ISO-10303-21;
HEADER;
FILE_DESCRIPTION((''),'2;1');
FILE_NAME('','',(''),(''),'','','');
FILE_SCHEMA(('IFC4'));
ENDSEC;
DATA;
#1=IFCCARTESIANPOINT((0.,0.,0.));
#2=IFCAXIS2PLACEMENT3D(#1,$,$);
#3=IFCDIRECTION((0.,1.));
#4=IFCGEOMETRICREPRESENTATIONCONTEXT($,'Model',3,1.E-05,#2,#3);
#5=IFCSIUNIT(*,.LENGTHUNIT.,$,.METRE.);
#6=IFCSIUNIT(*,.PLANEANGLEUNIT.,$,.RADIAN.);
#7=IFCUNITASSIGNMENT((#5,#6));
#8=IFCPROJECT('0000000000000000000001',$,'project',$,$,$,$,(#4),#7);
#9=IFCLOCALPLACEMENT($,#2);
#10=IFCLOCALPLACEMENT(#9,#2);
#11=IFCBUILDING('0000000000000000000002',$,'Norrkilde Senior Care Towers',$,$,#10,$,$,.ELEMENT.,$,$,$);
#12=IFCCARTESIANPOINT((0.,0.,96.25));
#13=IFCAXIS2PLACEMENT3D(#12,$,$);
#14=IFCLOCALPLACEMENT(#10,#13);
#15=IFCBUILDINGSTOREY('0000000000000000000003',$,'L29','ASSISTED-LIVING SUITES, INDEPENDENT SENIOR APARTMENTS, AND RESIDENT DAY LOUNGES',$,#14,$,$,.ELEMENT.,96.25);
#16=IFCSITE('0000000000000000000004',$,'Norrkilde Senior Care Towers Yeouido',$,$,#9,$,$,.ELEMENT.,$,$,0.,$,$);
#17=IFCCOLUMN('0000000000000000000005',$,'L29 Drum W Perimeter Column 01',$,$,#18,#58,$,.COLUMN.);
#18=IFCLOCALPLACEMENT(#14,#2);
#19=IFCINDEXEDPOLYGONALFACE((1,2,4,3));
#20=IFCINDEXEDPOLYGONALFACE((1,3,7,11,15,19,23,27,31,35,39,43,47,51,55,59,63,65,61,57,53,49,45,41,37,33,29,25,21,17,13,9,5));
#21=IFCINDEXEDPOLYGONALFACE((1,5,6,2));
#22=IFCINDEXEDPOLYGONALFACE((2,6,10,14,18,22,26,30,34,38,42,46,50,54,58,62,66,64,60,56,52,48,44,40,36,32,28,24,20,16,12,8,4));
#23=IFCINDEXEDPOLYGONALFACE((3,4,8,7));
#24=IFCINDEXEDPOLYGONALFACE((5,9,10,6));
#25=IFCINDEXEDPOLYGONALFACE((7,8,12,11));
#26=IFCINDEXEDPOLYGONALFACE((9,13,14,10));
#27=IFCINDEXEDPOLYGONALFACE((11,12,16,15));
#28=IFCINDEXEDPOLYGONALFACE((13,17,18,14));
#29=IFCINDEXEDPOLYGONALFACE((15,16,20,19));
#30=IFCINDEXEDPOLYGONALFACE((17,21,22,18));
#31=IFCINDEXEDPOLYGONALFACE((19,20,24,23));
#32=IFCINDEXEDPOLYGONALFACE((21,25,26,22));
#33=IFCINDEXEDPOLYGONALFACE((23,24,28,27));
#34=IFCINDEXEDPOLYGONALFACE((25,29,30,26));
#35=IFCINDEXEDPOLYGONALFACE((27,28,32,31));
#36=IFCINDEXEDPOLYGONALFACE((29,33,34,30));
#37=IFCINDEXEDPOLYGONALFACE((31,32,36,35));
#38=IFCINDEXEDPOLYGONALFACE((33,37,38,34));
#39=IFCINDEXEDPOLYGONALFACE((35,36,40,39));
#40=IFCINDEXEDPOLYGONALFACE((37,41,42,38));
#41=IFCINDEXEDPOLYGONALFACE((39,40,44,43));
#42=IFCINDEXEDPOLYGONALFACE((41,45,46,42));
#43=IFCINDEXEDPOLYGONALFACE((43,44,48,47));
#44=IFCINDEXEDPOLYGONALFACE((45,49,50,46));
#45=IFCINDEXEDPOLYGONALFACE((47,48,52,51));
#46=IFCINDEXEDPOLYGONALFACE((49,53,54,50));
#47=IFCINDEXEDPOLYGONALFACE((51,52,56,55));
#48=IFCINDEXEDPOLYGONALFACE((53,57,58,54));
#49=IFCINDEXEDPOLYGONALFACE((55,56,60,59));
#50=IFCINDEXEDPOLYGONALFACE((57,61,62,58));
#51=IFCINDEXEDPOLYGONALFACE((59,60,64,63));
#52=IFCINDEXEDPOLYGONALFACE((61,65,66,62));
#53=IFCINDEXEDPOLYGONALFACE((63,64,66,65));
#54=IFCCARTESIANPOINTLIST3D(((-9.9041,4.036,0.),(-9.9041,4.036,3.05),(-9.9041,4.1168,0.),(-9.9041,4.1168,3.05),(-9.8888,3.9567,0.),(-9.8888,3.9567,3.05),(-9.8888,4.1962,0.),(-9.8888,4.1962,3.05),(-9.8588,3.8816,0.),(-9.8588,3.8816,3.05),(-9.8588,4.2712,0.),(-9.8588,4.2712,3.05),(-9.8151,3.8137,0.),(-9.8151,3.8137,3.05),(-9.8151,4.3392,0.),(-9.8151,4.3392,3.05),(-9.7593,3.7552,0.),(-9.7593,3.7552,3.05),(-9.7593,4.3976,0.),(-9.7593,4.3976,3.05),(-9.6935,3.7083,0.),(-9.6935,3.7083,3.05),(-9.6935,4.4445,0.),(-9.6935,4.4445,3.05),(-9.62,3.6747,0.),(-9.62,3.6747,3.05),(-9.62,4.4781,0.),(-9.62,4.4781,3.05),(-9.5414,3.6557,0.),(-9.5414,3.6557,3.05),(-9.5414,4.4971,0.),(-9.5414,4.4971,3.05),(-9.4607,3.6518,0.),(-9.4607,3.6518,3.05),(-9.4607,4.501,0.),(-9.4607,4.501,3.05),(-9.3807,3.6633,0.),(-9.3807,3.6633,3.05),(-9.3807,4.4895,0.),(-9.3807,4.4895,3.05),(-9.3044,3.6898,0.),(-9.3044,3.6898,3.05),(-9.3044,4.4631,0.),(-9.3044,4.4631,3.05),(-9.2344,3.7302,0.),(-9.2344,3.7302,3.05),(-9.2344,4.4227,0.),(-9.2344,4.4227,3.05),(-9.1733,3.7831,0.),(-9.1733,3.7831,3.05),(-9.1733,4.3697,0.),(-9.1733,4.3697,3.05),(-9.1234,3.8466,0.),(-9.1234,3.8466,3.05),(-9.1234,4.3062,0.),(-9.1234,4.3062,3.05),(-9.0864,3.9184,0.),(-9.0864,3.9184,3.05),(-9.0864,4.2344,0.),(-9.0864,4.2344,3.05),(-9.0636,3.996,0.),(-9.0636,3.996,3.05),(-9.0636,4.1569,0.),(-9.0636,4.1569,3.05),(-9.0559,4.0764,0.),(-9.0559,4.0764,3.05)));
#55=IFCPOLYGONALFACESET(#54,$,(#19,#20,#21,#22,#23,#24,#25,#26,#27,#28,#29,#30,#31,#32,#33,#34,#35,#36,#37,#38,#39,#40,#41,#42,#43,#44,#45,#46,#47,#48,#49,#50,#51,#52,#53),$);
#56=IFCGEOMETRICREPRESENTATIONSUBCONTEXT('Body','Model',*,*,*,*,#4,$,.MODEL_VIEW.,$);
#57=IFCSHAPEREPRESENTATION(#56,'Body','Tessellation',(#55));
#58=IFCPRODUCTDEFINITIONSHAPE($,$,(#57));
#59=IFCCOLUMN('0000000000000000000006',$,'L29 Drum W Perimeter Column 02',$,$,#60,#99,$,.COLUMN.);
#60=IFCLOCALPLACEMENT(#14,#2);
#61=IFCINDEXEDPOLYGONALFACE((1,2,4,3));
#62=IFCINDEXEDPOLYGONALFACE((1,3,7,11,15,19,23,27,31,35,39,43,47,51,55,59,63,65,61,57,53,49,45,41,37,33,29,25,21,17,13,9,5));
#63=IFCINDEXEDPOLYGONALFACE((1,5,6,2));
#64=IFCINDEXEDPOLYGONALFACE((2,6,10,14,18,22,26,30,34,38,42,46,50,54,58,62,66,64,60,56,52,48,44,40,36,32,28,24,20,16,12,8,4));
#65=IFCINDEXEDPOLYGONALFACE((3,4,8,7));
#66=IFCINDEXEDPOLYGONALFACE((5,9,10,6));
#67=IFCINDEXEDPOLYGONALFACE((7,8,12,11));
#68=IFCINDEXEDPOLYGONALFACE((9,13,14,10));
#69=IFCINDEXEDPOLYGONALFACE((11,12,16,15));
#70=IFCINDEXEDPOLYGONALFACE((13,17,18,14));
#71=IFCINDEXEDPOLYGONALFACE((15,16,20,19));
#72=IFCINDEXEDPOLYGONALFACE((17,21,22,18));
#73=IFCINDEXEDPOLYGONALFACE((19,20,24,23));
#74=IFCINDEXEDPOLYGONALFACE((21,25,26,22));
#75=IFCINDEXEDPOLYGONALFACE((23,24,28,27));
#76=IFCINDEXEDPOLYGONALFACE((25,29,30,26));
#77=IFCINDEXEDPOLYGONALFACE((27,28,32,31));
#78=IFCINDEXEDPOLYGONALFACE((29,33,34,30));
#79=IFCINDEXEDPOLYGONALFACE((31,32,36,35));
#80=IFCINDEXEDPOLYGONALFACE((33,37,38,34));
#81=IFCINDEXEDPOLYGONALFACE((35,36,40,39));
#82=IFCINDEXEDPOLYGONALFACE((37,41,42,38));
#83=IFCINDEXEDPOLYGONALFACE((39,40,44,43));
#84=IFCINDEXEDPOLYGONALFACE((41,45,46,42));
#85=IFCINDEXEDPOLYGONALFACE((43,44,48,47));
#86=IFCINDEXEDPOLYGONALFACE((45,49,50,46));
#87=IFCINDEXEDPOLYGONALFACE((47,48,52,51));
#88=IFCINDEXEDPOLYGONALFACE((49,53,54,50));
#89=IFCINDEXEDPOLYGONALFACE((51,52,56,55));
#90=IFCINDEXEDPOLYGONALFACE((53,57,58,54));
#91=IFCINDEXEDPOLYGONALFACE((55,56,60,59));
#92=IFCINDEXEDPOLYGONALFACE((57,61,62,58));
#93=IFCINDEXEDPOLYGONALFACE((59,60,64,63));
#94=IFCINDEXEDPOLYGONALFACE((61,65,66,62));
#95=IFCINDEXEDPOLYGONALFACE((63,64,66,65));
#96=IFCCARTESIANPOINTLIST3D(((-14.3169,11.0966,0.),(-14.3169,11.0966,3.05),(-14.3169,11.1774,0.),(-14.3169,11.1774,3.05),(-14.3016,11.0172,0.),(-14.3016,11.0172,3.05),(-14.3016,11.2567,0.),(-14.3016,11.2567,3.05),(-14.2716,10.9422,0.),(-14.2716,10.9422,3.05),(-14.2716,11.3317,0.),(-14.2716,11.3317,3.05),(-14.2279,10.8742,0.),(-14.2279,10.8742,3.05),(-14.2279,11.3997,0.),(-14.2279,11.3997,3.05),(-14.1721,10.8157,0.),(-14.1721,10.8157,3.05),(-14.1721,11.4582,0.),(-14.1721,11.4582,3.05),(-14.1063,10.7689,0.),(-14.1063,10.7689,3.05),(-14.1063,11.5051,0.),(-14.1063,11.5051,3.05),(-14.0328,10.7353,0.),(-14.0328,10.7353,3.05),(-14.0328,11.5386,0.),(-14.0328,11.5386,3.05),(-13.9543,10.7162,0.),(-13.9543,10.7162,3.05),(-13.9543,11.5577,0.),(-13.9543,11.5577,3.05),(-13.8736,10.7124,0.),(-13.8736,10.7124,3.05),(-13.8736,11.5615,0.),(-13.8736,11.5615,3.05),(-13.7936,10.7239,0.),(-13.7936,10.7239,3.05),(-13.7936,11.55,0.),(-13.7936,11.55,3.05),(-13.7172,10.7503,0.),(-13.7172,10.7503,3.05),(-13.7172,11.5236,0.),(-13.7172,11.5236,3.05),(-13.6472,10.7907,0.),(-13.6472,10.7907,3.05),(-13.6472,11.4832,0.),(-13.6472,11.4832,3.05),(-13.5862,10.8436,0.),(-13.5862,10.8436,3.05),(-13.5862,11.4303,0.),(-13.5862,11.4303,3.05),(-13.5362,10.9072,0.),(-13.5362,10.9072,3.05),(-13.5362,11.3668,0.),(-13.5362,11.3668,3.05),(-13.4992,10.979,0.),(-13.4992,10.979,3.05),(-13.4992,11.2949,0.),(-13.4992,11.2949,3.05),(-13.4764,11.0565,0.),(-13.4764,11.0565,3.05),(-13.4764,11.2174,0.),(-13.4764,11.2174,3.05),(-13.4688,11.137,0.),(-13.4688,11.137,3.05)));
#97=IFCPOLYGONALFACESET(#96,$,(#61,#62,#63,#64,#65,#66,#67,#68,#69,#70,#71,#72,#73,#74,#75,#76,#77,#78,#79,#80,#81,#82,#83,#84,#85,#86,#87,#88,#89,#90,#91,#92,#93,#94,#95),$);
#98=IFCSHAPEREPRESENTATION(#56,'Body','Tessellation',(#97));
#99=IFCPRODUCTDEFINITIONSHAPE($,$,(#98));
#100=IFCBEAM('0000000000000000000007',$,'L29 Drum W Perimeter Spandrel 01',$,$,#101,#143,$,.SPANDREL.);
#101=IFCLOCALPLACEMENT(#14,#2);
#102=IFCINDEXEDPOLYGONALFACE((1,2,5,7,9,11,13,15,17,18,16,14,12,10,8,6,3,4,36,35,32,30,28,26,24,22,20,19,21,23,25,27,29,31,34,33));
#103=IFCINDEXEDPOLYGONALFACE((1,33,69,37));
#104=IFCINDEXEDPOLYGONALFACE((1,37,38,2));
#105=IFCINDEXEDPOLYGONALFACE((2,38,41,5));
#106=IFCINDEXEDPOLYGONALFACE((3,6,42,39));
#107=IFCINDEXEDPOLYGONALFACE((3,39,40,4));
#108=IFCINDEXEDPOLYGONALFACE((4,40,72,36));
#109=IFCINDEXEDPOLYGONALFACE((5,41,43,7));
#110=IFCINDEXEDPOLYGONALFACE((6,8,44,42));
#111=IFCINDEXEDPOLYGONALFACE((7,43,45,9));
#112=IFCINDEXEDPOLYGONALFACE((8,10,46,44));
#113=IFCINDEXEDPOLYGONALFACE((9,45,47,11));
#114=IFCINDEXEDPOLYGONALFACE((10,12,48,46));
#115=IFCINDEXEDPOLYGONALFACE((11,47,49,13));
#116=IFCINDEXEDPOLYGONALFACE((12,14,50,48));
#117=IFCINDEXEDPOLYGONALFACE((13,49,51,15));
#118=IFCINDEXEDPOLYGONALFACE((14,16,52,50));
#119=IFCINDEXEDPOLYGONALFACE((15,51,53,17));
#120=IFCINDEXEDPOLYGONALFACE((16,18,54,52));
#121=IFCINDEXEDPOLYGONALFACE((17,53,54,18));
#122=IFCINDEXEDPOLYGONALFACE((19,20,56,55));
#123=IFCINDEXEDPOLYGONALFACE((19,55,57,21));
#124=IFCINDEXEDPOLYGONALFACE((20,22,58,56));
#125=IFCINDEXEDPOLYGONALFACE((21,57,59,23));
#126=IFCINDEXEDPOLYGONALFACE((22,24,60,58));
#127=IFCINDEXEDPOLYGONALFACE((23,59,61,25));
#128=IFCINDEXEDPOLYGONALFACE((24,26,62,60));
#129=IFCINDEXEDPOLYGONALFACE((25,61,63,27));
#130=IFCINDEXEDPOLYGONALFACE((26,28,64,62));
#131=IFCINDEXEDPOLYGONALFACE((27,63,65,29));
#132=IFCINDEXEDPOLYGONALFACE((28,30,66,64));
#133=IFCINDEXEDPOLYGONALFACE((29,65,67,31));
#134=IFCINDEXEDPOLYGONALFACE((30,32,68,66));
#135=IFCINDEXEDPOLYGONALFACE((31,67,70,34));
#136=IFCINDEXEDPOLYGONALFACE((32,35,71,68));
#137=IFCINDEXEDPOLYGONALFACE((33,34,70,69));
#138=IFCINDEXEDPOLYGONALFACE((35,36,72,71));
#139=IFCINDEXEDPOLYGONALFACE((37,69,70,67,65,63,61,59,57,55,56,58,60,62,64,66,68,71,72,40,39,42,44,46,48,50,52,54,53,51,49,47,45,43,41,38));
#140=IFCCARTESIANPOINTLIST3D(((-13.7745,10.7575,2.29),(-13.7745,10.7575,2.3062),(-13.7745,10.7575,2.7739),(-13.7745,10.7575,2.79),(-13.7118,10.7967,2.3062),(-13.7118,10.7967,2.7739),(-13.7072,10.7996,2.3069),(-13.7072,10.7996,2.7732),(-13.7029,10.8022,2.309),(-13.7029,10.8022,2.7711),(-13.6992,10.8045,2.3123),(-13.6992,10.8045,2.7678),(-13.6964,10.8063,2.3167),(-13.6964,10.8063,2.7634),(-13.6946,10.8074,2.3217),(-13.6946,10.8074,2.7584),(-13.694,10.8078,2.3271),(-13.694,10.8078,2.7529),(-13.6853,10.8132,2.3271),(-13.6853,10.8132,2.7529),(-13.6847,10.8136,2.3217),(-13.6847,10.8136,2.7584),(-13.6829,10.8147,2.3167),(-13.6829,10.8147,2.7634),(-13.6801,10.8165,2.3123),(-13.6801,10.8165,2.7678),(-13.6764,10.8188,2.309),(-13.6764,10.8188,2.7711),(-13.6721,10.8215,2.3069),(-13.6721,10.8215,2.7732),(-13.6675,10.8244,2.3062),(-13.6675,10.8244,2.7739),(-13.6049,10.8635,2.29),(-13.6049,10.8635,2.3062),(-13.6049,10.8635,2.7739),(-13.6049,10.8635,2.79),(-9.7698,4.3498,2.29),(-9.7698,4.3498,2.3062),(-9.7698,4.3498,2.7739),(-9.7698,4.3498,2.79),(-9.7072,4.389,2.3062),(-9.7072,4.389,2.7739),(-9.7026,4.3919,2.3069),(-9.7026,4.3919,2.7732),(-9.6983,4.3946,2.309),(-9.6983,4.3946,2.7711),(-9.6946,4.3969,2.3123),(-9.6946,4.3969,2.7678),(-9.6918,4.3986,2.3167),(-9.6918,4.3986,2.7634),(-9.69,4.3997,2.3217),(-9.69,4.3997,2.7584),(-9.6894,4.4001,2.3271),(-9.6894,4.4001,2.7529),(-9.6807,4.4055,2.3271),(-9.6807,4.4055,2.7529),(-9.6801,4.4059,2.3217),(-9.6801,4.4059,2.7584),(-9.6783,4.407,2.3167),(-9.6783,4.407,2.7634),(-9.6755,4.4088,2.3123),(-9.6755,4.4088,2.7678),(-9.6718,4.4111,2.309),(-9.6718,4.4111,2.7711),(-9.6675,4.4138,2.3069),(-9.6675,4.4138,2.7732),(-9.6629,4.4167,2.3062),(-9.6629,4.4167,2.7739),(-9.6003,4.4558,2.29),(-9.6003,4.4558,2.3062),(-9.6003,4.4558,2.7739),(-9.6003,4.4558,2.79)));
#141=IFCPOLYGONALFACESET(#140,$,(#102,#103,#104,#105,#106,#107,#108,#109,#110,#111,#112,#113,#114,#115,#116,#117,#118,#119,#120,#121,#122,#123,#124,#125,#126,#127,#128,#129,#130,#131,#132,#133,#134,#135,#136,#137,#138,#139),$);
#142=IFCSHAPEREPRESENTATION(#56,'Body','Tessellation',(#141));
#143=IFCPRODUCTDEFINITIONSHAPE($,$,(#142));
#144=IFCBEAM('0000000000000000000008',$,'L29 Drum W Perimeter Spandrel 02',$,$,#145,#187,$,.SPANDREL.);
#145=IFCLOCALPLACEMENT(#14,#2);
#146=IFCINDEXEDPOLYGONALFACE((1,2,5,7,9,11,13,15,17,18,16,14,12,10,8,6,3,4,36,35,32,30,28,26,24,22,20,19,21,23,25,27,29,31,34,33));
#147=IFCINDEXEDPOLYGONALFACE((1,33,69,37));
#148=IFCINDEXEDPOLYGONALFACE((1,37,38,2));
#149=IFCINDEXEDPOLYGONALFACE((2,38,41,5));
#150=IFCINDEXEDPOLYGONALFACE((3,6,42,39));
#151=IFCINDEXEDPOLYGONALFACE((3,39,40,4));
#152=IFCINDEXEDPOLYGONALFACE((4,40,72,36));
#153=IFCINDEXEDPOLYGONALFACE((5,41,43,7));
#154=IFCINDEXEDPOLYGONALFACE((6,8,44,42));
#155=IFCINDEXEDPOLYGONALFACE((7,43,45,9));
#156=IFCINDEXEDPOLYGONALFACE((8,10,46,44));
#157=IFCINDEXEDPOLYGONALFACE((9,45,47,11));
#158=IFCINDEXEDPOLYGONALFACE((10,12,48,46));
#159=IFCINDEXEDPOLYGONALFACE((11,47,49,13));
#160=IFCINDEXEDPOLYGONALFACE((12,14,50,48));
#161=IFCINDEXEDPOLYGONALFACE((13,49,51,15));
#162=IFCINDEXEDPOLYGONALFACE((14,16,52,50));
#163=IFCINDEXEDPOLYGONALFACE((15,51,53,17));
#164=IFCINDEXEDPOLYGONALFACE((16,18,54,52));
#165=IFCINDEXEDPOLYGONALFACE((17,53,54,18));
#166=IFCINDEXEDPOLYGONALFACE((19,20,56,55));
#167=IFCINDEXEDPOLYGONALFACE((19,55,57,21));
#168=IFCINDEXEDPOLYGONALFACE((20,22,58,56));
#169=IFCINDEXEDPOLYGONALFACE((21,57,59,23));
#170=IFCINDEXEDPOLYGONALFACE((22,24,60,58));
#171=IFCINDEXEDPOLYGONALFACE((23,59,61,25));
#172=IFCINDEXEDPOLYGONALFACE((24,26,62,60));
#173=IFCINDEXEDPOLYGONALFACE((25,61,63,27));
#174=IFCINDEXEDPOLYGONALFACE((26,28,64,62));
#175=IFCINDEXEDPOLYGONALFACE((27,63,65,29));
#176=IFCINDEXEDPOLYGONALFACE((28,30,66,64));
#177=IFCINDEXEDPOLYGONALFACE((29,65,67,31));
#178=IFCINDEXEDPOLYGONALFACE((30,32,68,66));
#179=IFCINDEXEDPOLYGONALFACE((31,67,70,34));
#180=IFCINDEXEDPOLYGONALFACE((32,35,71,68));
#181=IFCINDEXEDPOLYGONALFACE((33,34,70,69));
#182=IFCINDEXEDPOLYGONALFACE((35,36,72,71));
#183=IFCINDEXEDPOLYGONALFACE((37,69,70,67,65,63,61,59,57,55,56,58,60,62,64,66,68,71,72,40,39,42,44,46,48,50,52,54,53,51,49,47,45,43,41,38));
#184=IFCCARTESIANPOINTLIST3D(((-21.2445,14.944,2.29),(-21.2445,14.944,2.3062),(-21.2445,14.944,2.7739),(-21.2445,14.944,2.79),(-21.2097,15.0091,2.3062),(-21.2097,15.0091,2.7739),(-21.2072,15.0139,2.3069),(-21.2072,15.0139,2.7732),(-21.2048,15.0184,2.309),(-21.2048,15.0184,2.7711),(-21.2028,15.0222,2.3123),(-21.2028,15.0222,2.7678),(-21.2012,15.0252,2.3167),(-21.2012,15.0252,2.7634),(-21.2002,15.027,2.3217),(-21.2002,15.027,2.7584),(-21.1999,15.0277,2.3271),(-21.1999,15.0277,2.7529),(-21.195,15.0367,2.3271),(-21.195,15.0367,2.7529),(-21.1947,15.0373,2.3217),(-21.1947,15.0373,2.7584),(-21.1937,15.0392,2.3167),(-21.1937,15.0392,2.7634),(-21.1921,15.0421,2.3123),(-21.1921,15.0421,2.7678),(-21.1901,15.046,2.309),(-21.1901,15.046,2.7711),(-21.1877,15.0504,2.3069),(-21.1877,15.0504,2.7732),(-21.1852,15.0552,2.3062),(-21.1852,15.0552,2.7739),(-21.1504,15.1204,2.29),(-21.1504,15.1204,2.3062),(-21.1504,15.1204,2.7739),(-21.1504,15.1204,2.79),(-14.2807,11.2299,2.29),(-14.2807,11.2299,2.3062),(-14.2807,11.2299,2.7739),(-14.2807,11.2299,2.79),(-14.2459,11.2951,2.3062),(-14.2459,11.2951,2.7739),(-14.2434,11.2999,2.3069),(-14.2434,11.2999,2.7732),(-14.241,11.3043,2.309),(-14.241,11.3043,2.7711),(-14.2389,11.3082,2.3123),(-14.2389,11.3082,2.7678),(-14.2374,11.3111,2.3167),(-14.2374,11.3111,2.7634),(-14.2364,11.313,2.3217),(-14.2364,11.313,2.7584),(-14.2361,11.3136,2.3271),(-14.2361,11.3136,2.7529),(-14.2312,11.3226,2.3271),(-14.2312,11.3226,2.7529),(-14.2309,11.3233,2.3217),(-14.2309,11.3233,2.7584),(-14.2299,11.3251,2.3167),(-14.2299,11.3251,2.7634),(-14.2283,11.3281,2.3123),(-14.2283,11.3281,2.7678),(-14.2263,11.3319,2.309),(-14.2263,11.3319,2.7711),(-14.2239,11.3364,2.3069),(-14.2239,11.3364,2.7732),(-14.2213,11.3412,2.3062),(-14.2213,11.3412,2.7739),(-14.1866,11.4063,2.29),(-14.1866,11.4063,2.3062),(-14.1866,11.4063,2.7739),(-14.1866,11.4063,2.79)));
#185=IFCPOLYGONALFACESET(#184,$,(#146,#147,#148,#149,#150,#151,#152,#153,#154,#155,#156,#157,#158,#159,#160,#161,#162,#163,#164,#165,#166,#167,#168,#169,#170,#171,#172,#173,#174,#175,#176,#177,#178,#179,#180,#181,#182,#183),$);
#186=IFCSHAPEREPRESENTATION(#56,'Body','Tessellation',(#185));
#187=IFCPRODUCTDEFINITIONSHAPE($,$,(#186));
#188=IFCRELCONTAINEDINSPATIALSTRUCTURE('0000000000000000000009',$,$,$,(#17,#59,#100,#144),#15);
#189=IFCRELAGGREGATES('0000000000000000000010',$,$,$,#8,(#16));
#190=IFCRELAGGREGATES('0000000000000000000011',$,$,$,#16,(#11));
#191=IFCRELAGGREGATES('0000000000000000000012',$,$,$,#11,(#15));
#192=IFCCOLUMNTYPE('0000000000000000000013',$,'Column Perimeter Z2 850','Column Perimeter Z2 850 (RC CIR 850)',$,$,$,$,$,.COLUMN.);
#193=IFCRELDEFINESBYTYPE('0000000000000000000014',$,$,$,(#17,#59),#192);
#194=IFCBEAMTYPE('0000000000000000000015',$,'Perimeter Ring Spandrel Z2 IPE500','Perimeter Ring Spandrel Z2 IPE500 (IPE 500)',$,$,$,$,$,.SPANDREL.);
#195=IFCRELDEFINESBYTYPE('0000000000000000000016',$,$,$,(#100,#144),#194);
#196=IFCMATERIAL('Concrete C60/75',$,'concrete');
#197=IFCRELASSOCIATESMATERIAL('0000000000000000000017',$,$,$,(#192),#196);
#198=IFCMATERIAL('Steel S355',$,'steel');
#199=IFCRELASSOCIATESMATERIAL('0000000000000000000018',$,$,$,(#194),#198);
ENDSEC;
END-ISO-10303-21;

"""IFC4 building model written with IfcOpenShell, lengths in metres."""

from ifc_helpers import new_model, si_unit, direction, frame, origin, origin_2d, place, context, subcontext, project, spatial, circle, i_section, extrude, source, transform, mapped, material, material_profile, profile_set, type_object, type_shapes, element, save


model = new_model("IFC4")

# Units and contexts
model_context = context("Model", 3, precision=1e-05, world=origin(), true_north=direction((0.0, 1.0)))
body_context = subcontext(model_context, "Body", "Model", "MODEL_VIEW")
ifc_project = project(units=[si_unit("LENGTHUNIT", "METRE"), si_unit("PLANEANGLEUNIT", "RADIAN")], contexts=[model_context])

# Site, building, storey
site_placement = place(None, origin())
site = spatial("IfcSite", under=ifc_project, at=site_placement, Name="Norrkilde Senior Care Towers Yeouido", CompositionType="ELEMENT", RefElevation=0.0)
building_placement = place(site_placement, origin())
building = spatial("IfcBuilding", under=site, at=building_placement, Name="Norrkilde Senior Care Towers", CompositionType="ELEMENT")
storey_placement = place(building_placement, frame((0.0, 0.0, 96.25)))
storey = spatial("IfcBuildingStorey", under=building, at=storey_placement, Name="L29", Description="ASSISTED-LIVING SUITES, INDEPENDENT SENIOR APARTMENTS, AND RESIDENT DAY LOUNGES", CompositionType="ELEMENT", Elevation=96.25)

# Columns
ifc_material_1 = material(Name="Concrete C60/75", Category="concrete")
ifc_material_profile_1 = material_profile(ifc_material_1, circle(Radius=0.425, at=origin_2d()), Name="RC CIR 850")
ifc_profile_set_1 = profile_set([ifc_material_profile_1], Name="Concrete C60/75")
column_type = type_object("IfcColumnType", Name="Column Perimeter Z2 850", Description="Column Perimeter Z2 850 (RC CIR 850)", PredefinedType="COLUMN", material=ifc_profile_set_1)
shared_shape_1 = source(origin(), body_context, "Body", "SweptSolid", [
    extrude(circle(Radius=0.425, at=origin_2d()), origin(), (0.0, 0.0, 1.0), 3.05),
])
type_shapes(column_type, [shared_shape_1])
for number, where, z_axis, x_axis, name in (
    (1, (-9.481, 4.0764, 0.0), (0.0, 0.0, 1.0), (1.0, 0.0, 0.0), "L29 Drum W Perimeter Column 01"),
    (2, (-13.8938, 11.137, 0.0), (0.0, 0.0, 1.0), (1.0, 0.0, 0.0), "L29 Drum W Perimeter Column 02"),
):
    element("IfcColumn", number, at=place(storey_placement, frame(where, z_axis=z_axis, x_axis=x_axis)), inside=storey, type_object=column_type, Name=name, PredefinedType="COLUMN", context=body_context, shape_type="MappedRepresentation", body=[
        mapped(shared_shape_1, transform((0.0, 0.0, 0.0), x_axis=(1.0, 0.0, 0.0), y_axis=(0.0, 1.0, 0.0), z_axis=(0.0, 0.0, 1.0), scale=1.0)),
    ])

# Beams
ifc_material_2 = material(Name="Steel S355", Category="steel")
ifc_material_profile_2 = material_profile(ifc_material_2, i_section(OverallWidth=0.2, OverallDepth=0.5, WebThickness=0.0103, FlangeThickness=0.0161, FilletRadius=0.021, at=origin_2d()), Name="IPE 500")
ifc_profile_set_2 = profile_set([ifc_material_profile_2], Name="Steel S355")
beam_type_1 = type_object("IfcBeamType", Name="Perimeter Ring Spandrel Z2 IPE500", Description="Perimeter Ring Spandrel Z2 IPE500 (IPE 500)", PredefinedType="SPANDREL", material=ifc_profile_set_2)
shared_shape_2 = source(origin(), body_context, "Body", "SweptSolid", [
    extrude(i_section(OverallWidth=0.2, OverallDepth=0.5, WebThickness=0.0103, FlangeThickness=0.0161, FilletRadius=0.021, at=origin_2d()), origin(), (0.0, 0.0, 1.0), 7.5562),
])
beam_1_placement = place(storey_placement, frame((-9.6851, 4.4028, 2.54), z_axis=(-0.529982, 0.848009, 0.0), x_axis=(-0.848009, -0.529982, 0.0)))
element("IfcBeam", 3, at=beam_1_placement, inside=storey, type_object=beam_type_1, Name="L29 Drum W Perimeter Spandrel 01", PredefinedType="SPANDREL", context=body_context, shape_type="MappedRepresentation", body=[
    mapped(shared_shape_2, transform((0.0, 0.0, 0.0), x_axis=(1.0, 0.0, 0.0), y_axis=(0.0, 1.0, 0.0), z_axis=(0.0, 0.0, 1.0), scale=1.0)),
])
shared_shape_3 = source(origin(), body_context, "Body", "SweptSolid", [
    extrude(i_section(OverallWidth=0.2, OverallDepth=0.5, WebThickness=0.0103, FlangeThickness=0.0161, FilletRadius=0.021, at=origin_2d()), origin(), (0.0, 0.0, 1.0), 7.8923),
])
type_shapes(beam_type_1, [shared_shape_2, shared_shape_3])
beam_2_placement = place(storey_placement, frame((-14.2336, 11.3181, 2.54), z_axis=(-0.88235, 0.470593, 0.0), x_axis=(-0.470593, -0.88235, 0.0)))
element("IfcBeam", 4, at=beam_2_placement, inside=storey, type_object=beam_type_1, Name="L29 Drum W Perimeter Spandrel 02", PredefinedType="SPANDREL", context=body_context, shape_type="MappedRepresentation", body=[
    mapped(shared_shape_3, transform((0.0, 0.0, 0.0), x_axis=(1.0, 0.0, 0.0), y_axis=(0.0, 1.0, 0.0), z_axis=(0.0, 0.0, 1.0), scale=1.0)),
])

save(model, "model.ifc")
